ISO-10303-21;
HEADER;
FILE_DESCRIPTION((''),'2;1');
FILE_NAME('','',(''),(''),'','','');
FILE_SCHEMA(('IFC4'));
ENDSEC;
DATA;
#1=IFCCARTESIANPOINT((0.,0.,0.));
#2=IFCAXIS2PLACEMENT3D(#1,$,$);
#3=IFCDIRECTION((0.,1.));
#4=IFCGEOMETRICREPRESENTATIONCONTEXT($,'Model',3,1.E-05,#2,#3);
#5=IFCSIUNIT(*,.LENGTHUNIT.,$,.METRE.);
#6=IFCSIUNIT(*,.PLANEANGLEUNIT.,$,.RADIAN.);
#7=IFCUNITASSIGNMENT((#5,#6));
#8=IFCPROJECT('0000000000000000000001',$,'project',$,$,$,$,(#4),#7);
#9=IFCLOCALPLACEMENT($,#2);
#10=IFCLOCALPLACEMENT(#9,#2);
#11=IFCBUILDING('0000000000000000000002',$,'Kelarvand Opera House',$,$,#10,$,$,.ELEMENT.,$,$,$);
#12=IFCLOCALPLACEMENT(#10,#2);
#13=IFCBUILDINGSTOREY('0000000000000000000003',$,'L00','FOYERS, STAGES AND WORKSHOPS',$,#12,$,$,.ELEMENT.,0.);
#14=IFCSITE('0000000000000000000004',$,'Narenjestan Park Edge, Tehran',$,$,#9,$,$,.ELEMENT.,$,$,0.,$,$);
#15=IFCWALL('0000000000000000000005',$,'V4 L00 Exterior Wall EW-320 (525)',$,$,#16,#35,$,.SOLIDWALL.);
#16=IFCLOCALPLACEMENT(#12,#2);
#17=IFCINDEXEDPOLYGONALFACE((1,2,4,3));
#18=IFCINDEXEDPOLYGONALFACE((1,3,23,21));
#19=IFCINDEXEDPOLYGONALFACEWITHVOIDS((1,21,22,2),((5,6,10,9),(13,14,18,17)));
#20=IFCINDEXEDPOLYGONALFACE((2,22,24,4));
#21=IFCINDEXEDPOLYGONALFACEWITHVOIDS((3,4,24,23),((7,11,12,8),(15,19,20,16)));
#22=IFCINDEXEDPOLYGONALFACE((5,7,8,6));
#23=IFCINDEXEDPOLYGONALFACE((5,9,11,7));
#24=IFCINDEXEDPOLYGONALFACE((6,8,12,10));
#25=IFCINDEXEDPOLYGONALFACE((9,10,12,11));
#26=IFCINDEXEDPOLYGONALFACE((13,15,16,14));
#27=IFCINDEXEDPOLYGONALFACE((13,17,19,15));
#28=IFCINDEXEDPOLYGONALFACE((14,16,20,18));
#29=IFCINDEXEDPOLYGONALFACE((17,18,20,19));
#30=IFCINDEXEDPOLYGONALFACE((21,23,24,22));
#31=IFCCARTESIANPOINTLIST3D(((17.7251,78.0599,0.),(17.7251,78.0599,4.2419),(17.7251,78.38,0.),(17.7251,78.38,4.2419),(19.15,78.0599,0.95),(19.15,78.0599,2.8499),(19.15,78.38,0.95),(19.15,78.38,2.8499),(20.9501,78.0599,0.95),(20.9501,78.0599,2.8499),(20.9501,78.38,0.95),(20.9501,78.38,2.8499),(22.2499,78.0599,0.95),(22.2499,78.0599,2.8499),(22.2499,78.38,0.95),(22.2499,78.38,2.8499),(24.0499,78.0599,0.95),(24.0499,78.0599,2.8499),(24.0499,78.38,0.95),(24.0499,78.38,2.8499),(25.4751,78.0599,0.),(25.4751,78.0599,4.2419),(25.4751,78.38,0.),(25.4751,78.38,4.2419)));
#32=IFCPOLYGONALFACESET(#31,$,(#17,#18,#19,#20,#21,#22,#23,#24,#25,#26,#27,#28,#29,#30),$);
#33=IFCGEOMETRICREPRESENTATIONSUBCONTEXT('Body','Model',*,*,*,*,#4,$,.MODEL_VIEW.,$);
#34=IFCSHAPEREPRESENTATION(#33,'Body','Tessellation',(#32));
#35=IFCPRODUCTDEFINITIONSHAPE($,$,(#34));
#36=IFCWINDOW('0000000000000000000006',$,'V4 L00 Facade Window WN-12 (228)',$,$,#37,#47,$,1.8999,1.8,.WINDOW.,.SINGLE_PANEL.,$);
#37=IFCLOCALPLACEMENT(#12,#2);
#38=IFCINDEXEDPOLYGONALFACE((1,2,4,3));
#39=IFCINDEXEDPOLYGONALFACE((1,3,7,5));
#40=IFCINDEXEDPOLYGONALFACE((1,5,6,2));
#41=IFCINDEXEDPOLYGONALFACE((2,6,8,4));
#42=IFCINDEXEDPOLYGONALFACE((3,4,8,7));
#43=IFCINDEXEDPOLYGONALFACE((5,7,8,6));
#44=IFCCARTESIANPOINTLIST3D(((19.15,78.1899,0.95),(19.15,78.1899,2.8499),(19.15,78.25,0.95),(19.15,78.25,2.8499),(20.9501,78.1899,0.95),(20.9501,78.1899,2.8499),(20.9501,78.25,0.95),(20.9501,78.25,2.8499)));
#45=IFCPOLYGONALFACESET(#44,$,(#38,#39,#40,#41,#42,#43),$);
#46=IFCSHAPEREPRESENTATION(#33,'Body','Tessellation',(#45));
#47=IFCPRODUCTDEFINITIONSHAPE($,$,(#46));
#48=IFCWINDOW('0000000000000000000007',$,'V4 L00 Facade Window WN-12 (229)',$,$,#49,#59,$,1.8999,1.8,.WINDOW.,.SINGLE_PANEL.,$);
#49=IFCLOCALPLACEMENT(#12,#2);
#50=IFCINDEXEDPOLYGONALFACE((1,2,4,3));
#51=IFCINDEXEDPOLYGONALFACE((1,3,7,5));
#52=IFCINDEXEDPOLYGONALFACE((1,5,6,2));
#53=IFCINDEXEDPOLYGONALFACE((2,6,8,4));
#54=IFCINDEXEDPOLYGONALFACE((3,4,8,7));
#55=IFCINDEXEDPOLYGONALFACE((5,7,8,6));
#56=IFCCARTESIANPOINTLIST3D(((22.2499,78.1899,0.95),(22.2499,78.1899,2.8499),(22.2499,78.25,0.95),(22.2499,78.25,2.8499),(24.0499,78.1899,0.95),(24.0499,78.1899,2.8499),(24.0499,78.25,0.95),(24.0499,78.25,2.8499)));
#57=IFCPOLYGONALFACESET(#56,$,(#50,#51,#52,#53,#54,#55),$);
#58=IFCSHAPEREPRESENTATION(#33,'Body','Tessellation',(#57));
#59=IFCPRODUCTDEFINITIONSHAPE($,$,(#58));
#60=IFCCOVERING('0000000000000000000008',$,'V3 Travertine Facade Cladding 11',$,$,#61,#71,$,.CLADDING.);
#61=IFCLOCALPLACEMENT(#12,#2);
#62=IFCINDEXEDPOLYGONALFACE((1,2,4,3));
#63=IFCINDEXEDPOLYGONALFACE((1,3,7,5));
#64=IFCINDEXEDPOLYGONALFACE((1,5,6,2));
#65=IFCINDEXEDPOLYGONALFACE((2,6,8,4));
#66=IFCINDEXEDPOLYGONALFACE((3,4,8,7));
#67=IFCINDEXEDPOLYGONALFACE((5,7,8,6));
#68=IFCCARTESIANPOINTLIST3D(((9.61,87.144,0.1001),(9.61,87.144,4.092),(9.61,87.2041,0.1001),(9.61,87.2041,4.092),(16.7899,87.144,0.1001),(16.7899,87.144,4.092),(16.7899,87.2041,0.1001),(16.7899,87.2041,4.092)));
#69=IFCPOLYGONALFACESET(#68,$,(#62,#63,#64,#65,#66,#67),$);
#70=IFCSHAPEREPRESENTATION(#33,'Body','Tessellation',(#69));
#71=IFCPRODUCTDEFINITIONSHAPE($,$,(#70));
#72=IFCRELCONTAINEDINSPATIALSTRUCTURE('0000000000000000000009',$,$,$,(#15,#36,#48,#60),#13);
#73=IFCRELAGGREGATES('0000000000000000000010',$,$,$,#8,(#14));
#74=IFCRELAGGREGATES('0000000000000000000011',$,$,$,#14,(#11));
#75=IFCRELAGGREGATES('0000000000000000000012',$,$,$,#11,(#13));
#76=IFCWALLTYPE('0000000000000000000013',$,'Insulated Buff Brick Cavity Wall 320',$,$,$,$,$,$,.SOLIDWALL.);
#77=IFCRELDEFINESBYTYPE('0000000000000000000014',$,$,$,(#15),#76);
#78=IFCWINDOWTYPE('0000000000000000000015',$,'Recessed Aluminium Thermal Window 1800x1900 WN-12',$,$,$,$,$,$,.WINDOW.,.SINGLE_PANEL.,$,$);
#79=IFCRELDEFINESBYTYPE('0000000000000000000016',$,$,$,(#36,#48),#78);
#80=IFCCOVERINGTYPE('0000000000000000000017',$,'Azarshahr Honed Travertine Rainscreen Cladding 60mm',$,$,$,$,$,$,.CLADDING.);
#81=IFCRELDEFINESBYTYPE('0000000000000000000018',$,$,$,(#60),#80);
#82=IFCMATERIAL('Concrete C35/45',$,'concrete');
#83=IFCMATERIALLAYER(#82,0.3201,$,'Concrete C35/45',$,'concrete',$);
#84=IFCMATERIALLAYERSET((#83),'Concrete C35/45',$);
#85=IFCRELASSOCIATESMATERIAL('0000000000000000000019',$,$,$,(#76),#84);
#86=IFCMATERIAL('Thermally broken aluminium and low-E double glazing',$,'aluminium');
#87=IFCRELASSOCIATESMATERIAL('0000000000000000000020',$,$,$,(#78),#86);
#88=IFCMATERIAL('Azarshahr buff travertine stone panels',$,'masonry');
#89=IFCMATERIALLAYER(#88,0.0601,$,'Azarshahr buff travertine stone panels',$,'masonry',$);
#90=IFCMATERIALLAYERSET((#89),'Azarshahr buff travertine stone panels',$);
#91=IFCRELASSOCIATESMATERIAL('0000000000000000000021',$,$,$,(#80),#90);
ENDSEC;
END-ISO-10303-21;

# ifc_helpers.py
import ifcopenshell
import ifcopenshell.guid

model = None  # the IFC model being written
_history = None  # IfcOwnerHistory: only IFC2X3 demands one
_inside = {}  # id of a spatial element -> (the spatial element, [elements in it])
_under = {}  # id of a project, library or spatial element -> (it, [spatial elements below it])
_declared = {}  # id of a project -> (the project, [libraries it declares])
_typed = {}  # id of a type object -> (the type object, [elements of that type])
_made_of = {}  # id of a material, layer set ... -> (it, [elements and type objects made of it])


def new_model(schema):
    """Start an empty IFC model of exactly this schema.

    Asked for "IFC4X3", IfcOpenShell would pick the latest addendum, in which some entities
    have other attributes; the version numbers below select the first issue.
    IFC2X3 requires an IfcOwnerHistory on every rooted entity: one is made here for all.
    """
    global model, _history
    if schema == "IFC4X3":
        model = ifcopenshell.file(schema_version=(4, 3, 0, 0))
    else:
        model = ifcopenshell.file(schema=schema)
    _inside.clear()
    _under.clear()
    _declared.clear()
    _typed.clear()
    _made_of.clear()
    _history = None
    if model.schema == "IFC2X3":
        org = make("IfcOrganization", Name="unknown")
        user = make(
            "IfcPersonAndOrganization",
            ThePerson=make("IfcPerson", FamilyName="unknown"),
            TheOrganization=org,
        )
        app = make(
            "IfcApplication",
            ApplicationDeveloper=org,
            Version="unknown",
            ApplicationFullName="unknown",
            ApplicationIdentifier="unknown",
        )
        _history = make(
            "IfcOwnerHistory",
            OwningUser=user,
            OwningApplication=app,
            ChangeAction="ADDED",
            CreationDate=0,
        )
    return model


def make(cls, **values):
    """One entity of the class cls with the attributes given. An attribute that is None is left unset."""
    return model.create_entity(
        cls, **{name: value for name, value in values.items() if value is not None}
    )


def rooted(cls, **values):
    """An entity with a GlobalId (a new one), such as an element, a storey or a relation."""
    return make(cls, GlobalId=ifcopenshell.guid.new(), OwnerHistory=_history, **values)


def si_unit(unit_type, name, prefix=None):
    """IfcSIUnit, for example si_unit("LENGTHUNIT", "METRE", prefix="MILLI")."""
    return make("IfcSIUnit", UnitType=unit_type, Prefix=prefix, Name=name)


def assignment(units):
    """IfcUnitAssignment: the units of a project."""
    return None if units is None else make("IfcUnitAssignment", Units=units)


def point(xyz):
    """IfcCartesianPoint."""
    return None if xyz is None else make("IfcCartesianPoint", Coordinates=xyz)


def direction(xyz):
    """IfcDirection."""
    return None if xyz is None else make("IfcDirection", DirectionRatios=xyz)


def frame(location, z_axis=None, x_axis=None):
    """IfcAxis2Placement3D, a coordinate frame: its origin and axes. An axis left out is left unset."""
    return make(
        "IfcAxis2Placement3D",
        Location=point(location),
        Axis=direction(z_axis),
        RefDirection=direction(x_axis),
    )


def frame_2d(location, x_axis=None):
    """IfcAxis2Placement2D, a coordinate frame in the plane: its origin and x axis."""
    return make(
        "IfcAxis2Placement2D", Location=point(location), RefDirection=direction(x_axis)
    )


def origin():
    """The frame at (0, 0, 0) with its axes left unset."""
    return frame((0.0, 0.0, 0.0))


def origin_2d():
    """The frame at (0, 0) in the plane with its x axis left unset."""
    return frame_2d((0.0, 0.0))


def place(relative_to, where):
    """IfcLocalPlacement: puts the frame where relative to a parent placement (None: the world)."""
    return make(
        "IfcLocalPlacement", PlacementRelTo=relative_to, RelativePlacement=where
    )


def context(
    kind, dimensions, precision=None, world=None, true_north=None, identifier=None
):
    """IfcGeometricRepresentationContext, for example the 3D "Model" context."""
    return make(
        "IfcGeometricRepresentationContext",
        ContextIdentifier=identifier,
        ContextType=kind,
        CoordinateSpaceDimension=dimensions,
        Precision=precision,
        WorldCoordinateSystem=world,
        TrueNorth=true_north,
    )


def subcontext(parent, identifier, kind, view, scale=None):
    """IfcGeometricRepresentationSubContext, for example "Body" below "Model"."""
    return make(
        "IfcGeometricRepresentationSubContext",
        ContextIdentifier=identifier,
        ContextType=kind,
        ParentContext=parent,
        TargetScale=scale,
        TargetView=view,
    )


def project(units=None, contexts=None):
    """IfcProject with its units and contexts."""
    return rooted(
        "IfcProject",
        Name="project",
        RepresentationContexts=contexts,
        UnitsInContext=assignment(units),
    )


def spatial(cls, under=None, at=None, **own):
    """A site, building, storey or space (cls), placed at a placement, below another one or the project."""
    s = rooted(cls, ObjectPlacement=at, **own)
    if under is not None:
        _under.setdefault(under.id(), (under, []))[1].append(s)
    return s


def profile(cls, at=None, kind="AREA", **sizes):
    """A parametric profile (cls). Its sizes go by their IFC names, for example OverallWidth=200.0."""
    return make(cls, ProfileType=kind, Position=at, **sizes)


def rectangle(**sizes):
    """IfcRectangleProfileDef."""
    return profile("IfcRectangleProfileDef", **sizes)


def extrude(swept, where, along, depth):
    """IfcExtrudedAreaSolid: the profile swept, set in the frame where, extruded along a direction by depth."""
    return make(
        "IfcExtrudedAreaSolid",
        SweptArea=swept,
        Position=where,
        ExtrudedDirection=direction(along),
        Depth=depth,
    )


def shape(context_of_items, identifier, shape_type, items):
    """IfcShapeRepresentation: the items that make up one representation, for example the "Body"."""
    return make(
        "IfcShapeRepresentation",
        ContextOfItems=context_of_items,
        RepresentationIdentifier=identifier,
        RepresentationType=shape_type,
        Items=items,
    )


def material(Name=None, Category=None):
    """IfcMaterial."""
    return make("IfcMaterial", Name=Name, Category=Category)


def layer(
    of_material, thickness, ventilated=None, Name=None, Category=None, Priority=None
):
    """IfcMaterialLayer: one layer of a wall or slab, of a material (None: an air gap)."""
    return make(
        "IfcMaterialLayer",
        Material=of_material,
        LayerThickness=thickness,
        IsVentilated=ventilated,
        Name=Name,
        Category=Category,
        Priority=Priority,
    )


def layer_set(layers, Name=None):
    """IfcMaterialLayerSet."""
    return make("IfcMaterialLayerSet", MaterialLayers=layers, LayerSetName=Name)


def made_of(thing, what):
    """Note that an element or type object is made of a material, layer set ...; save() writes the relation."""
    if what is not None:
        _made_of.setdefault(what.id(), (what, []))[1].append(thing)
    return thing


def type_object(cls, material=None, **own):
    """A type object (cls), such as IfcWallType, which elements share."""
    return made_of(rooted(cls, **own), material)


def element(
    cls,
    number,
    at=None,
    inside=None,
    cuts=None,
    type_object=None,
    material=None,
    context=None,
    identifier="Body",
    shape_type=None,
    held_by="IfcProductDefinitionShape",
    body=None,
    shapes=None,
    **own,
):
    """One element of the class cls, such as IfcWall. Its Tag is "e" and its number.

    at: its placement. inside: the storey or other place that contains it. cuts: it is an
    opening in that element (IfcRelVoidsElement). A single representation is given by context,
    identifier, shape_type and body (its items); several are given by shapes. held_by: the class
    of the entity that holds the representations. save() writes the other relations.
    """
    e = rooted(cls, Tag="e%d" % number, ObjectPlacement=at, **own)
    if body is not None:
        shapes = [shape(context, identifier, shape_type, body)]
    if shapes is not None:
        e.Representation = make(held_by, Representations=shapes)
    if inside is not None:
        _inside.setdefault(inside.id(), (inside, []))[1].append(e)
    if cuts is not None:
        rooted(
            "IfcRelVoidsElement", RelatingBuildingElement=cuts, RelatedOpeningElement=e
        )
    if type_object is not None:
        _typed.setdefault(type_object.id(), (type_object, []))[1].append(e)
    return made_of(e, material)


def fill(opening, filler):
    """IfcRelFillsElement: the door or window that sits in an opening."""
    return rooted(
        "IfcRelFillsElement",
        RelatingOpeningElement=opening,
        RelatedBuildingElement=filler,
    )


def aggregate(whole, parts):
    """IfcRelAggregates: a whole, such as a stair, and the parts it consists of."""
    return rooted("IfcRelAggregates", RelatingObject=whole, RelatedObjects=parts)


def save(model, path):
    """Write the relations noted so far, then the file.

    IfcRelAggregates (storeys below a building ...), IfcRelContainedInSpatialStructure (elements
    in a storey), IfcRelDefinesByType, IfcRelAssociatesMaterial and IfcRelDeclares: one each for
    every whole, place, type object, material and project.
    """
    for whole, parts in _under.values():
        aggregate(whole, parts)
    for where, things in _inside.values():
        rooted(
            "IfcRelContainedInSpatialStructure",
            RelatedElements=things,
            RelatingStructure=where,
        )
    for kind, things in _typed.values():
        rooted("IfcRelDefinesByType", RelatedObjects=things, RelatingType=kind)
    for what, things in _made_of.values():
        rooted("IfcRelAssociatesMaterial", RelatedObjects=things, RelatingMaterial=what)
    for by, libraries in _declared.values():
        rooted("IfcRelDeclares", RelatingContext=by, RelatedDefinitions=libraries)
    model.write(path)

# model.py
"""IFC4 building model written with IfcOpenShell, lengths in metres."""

from ifc_helpers import new_model, si_unit, direction, frame, frame_2d, origin, origin_2d, place, context, subcontext, project, spatial, rectangle, extrude, material, layer, layer_set, type_object, element, fill, save


model = new_model("IFC4")

# Units and contexts
model_context = context("Model", 3, precision=1e-05, world=origin(), true_north=direction((0.0, 1.0)))
body_context = subcontext(model_context, "Body", "Model", "MODEL_VIEW")
ifc_project = project(units=[si_unit("LENGTHUNIT", "METRE"), si_unit("PLANEANGLEUNIT", "RADIAN")], contexts=[model_context])

# Site, building, storey
site_placement = place(None, origin())
site = spatial("IfcSite", under=ifc_project, at=site_placement, Name="Narenjestan Park Edge, Tehran", CompositionType="ELEMENT", RefElevation=0.0)
building_placement = place(site_placement, origin())
building = spatial("IfcBuilding", under=site, at=building_placement, Name="Kelarvand Opera House", CompositionType="ELEMENT")
storey_placement = place(building_placement, origin())
storey = spatial("IfcBuildingStorey", under=building, at=storey_placement, Name="L00", Description="FOYERS, STAGES AND WORKSHOPS", CompositionType="ELEMENT", Elevation=0.0)

# Shared definitions
ifc_material_1 = material(Name="Concrete C35/45", Category="concrete")
ifc_material_2 = material(Name="Thermally broken aluminium and low-E double glazing", Category="aluminium")

# Wall, openings, windows
ifc_layer_1 = layer(ifc_material_1, 0.3201, Name="Concrete C35/45", Category="concrete")
ifc_layer_set_1 = layer_set([ifc_layer_1], Name="Concrete C35/45")
wall_type_1 = type_object("IfcWallType", Name="Insulated Buff Brick Cavity Wall 320", PredefinedType="SOLIDWALL", material=ifc_layer_set_1)
wall_1_placement = place(storey_placement, frame((17.7251, 78.22, 0.0), z_axis=(0.0, 0.0, 1.0), x_axis=(1.0, 0.0, 0.0)))
wall_1 = element("IfcWall", 1, at=wall_1_placement, inside=storey, type_object=wall_type_1, Name="V4 L00 Exterior Wall EW-320 (525)", PredefinedType="SOLIDWALL", context=body_context, shape_type="SweptSolid", body=[
    extrude(rectangle(XDim=7.75, YDim=0.3201, at=frame_2d((3.875, 0.0))), origin(), (0.0, 0.0, 1.0), 4.2419),
])
opening_1_placement = place(wall_1_placement, frame((1.425, 0.0, 0.95)))
opening_1 = element("IfcOpeningElement", 2, at=opening_1_placement, cuts=wall_1, PredefinedType="OPENING", context=body_context, shape_type="SweptSolid", body=[
    extrude(rectangle(XDim=1.8, YDim=1.8999, at=frame_2d((0.8999, 0.95))), frame((0.0, 0.1699, 0.0), z_axis=(0.0, -1.0, 0.0), x_axis=(1.0, 0.0, 0.0)), (0.0, 0.0, 1.0), 0.3401),
])
opening_2_placement = place(wall_1_placement, frame((4.5249, 0.0, 0.95)))
opening_2 = element("IfcOpeningElement", 3, at=opening_2_placement, cuts=wall_1, PredefinedType="OPENING", context=body_context, shape_type="SweptSolid", body=[
    extrude(rectangle(XDim=1.8, YDim=1.8999, at=frame_2d((0.8999, 0.95))), frame((0.0, 0.1699, 0.0), z_axis=(0.0, -1.0, 0.0), x_axis=(1.0, 0.0, 0.0)), (0.0, 0.0, 1.0), 0.3401),
])
window_type_1 = type_object("IfcWindowType", Name="Recessed Aluminium Thermal Window 1800x1900 WN-12", PartitioningType="SINGLE_PANEL", PredefinedType="WINDOW", material=ifc_material_2)
window_1_placement = place(opening_1_placement, origin())
window_1 = element("IfcWindow", 4, at=window_1_placement, inside=storey, type_object=window_type_1, Name="V4 L00 Facade Window WN-12 (228)", OverallHeight=1.8999, OverallWidth=1.8, PartitioningType="SINGLE_PANEL", PredefinedType="WINDOW", context=body_context, shape_type="SweptSolid", body=[
    extrude(rectangle(XDim=1.8, YDim=1.8999, at=frame_2d((0.8999, 0.95))), frame((0.0, 0.03, 0.0), z_axis=(0.0, -1.0, 0.0), x_axis=(1.0, 0.0, 0.0)), (0.0, 0.0, 1.0), 0.0601),
])
fill(opening_1, window_1)
window_2_placement = place(opening_2_placement, origin())
window_2 = element("IfcWindow", 5, at=window_2_placement, inside=storey, type_object=window_type_1, Name="V4 L00 Facade Window WN-12 (229)", OverallHeight=1.8999, OverallWidth=1.8, PartitioningType="SINGLE_PANEL", PredefinedType="WINDOW", context=body_context, shape_type="SweptSolid", body=[
    extrude(rectangle(XDim=1.8, YDim=1.8999, at=frame_2d((0.8999, 0.95))), frame((0.0, 0.03, 0.0), z_axis=(0.0, -1.0, 0.0), x_axis=(1.0, 0.0, 0.0)), (0.0, 0.0, 1.0), 0.0601),
])
fill(opening_2, window_2)

# Covering
ifc_material_3 = material(Name="Azarshahr buff travertine stone panels", Category="masonry")
ifc_layer_2 = layer(ifc_material_3, 0.0601, Name="Azarshahr buff travertine stone panels", Category="masonry")
ifc_layer_set_2 = layer_set([ifc_layer_2], Name="Azarshahr buff travertine stone panels")
covering_type = type_object("IfcCoveringType", Name="Azarshahr Honed Travertine Rainscreen Cladding 60mm", PredefinedType="CLADDING", material=ifc_layer_set_2)
covering_placement = place(storey_placement, frame((13.2, 87.1741, 0.1001), z_axis=(0.0, 0.0, 1.0), x_axis=(-1.0, 0.0, 0.0)))
element("IfcCovering", 6, at=covering_placement, inside=storey, type_object=covering_type, Name="V3 Travertine Facade Cladding 11", PredefinedType="CLADDING", context=body_context, shape_type="SweptSolid", body=[
    extrude(rectangle(XDim=7.1799, YDim=0.0601, at=origin_2d()), origin(), (0.0, 0.0, 1.0), 3.9919),
])

save(model, "model.ifc")
